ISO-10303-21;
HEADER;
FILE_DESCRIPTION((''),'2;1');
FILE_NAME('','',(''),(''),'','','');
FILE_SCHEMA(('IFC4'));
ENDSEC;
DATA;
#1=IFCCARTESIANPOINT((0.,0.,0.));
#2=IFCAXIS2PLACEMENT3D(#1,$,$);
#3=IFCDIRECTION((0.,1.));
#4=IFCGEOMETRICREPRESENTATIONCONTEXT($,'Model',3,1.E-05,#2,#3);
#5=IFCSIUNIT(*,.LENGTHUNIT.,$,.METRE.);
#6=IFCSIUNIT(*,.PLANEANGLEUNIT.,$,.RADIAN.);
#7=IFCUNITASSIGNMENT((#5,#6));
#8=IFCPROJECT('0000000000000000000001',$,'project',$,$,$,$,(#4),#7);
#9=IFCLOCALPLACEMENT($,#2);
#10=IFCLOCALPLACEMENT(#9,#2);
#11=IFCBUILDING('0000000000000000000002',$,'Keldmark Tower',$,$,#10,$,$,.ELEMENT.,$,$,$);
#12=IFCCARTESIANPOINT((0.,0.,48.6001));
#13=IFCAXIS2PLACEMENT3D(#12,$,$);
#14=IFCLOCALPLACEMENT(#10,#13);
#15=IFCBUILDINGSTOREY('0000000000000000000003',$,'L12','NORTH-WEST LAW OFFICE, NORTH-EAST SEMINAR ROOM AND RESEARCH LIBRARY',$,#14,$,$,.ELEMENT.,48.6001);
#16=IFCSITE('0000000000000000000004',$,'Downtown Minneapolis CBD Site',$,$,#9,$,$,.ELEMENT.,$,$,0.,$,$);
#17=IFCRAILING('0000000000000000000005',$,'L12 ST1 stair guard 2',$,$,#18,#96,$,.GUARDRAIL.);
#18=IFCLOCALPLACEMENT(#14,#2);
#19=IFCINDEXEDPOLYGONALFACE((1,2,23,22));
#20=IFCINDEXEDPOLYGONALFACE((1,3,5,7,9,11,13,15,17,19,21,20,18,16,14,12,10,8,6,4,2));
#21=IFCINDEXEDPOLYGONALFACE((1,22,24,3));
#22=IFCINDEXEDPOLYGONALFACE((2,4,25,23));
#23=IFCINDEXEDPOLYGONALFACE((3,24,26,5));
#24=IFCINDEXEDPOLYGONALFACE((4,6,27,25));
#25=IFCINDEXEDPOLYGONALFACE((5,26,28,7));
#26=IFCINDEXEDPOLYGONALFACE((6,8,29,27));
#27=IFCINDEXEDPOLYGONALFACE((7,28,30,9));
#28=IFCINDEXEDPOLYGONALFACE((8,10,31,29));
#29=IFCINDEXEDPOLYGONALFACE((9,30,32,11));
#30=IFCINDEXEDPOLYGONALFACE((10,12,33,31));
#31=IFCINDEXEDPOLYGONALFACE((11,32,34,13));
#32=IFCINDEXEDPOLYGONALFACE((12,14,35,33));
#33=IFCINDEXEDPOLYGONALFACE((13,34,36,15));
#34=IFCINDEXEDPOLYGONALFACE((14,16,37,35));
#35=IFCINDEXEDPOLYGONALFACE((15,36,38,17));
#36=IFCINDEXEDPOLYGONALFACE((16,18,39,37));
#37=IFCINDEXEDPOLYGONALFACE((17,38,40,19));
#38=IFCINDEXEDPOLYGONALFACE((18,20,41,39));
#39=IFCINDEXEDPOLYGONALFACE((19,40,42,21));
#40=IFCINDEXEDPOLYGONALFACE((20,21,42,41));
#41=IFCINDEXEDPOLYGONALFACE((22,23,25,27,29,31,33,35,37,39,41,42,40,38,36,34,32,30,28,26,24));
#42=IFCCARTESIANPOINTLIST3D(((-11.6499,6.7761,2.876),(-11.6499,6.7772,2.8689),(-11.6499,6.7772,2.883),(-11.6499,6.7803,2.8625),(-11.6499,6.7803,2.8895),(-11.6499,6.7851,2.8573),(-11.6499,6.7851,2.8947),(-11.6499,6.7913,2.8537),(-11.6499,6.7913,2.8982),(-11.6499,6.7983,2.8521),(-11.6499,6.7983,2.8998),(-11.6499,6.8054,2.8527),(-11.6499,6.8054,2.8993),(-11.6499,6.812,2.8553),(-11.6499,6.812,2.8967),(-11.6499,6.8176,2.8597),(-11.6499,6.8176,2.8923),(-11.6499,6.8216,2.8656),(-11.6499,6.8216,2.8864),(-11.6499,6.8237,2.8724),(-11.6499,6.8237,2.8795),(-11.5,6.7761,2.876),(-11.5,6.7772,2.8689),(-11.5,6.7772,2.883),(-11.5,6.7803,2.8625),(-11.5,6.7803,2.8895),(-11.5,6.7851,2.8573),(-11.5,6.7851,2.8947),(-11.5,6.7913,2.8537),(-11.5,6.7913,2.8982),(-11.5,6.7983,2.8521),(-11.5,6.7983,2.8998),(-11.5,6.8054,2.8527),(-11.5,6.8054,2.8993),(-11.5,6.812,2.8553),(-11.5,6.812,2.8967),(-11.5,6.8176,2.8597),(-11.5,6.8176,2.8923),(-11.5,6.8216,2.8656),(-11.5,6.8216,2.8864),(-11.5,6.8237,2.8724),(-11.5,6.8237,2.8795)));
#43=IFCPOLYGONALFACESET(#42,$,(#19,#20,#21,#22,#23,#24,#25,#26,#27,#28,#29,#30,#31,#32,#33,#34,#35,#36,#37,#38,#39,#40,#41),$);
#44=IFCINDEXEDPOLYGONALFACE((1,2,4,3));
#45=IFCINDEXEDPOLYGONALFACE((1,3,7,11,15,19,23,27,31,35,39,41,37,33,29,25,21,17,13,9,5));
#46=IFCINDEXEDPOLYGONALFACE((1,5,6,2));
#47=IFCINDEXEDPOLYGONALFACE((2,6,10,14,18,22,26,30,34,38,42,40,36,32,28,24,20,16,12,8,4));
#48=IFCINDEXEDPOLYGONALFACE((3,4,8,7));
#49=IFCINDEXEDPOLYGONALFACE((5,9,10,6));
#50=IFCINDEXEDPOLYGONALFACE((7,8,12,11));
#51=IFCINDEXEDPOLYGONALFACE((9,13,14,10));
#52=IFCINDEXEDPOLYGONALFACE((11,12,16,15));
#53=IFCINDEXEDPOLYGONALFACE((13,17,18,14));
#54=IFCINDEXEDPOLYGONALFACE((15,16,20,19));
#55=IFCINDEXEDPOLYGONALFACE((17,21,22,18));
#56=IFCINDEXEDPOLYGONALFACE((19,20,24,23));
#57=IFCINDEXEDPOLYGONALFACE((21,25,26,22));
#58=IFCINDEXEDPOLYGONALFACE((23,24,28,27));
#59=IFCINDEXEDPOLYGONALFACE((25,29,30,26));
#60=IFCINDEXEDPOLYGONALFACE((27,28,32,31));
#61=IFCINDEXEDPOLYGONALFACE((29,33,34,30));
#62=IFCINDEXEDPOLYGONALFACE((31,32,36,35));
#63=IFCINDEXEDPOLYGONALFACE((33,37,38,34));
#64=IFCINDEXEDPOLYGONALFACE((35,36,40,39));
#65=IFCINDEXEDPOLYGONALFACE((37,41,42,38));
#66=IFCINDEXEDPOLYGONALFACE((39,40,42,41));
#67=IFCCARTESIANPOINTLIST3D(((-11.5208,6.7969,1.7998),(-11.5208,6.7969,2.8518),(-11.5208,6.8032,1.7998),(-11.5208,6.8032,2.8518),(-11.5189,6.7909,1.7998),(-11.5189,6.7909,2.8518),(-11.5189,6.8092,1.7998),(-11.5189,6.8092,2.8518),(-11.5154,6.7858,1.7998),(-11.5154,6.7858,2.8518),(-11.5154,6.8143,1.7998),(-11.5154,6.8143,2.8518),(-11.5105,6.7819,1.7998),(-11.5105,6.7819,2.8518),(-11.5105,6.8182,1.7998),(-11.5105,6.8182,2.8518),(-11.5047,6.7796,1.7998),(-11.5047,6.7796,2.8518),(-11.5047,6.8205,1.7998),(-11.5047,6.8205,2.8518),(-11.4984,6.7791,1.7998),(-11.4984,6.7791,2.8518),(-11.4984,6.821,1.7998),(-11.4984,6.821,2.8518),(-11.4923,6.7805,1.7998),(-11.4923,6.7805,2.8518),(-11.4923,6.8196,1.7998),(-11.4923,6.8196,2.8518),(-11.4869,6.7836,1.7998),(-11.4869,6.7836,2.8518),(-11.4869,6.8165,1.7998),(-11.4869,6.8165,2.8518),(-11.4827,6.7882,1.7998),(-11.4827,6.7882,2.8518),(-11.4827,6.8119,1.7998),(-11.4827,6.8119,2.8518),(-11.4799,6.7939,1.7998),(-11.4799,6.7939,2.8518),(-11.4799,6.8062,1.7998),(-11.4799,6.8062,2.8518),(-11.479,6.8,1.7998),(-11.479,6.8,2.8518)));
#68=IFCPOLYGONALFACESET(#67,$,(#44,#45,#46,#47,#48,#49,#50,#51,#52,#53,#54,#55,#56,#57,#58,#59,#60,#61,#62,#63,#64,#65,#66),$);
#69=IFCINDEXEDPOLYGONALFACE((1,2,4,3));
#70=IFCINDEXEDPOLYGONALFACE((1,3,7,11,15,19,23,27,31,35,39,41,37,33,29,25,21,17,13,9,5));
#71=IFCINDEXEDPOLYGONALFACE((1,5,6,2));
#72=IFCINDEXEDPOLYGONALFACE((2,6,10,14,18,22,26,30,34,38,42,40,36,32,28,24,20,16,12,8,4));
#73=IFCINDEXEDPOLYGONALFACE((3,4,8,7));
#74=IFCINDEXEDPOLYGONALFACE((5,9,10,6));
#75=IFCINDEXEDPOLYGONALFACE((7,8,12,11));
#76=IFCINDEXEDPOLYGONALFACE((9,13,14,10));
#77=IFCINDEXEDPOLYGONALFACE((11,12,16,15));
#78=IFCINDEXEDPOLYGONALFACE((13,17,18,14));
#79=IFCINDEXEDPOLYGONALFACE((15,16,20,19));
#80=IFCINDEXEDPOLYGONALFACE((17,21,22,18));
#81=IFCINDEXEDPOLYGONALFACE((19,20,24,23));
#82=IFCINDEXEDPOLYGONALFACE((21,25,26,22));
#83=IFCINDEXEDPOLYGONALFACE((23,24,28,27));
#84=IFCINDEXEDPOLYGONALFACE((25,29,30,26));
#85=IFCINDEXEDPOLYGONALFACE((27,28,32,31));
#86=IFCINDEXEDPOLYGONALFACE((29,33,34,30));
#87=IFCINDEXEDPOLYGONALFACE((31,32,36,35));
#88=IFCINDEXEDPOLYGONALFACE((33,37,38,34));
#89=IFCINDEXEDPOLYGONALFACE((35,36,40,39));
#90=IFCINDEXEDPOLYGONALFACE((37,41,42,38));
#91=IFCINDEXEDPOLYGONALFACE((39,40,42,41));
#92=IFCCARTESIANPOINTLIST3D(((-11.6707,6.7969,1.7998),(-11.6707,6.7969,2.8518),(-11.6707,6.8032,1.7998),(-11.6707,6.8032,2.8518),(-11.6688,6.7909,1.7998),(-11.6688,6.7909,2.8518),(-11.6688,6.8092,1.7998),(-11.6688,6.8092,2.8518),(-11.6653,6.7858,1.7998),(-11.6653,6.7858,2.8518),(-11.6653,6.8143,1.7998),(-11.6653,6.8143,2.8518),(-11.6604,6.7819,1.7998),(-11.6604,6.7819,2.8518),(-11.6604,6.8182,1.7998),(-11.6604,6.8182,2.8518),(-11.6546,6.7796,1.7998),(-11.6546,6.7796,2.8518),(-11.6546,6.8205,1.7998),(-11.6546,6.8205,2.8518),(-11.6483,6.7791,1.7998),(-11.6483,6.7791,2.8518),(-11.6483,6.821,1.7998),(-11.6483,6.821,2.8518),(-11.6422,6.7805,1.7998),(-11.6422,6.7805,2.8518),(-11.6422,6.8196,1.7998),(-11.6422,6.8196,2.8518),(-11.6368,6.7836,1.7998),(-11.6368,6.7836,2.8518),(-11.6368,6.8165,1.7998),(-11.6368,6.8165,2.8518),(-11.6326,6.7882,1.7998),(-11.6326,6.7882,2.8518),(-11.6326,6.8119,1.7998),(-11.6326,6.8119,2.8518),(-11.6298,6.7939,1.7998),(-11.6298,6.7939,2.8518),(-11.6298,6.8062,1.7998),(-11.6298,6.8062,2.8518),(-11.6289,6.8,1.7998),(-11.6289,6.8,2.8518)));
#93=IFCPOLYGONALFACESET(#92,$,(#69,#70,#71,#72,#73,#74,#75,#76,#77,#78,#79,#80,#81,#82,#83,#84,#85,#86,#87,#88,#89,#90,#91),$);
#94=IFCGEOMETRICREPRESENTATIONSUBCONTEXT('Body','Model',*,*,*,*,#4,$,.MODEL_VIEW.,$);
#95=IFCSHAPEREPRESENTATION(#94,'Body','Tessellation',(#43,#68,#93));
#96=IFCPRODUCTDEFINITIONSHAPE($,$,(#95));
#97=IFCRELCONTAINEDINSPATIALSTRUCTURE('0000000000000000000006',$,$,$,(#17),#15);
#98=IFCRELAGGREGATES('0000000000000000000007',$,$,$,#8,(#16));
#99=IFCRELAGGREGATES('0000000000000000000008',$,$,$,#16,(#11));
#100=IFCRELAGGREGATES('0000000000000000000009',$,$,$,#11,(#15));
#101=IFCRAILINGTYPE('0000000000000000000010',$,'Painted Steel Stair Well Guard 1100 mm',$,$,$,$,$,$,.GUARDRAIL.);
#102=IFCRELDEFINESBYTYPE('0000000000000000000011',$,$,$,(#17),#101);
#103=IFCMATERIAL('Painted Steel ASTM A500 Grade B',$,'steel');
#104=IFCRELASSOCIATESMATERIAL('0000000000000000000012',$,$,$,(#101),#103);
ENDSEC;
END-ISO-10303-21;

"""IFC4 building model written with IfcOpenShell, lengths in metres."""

from ifc_helpers import new_model, si_unit, direction, frame, origin, origin_2d, place, context, subcontext, project, spatial, circle, extrude, material, type_object, element, save


model = new_model("IFC4")

# Units and contexts
model_context = context("Model", 3, precision=1e-05, world=origin(), true_north=direction((0.0, 1.0)))
body_context = subcontext(model_context, "Body", "Model", "MODEL_VIEW")
ifc_project = project(units=[si_unit("LENGTHUNIT", "METRE"), si_unit("PLANEANGLEUNIT", "RADIAN")], contexts=[model_context])

# Site, building, storey
site_placement = place(None, origin())
site = spatial("IfcSite", under=ifc_project, at=site_placement, Name="Downtown Minneapolis CBD Site", CompositionType="ELEMENT", RefElevation=0.0)
building_placement = place(site_placement, origin())
building = spatial("IfcBuilding", under=site, at=building_placement, Name="Keldmark Tower", CompositionType="ELEMENT")
storey_placement = place(building_placement, frame((0.0, 0.0, 48.6001)))
storey = spatial("IfcBuildingStorey", under=building, at=storey_placement, Name="L12", Description="NORTH-WEST LAW OFFICE, NORTH-EAST SEMINAR ROOM AND RESEARCH LIBRARY", CompositionType="ELEMENT", Elevation=48.6001)

# Railing
ifc_material_1 = material(Name="Painted Steel ASTM A500 Grade B", Category="steel")
railing_type_1 = type_object("IfcRailingType", Name="Painted Steel Stair Well Guard 1100 mm", PredefinedType="GUARDRAIL", material=ifc_material_1)
railing_1_placement = place(storey_placement, frame((-11.5, 6.8, 1.7998)))
element("IfcRailing", 1, at=railing_1_placement, inside=storey, type_object=railing_type_1, Name="L12 ST1 stair guard 2", PredefinedType="GUARDRAIL", context=body_context, shape_type="SweptSolid", body=[
    extrude(circle(Radius=0.0239, at=origin_2d()), frame((0.0, 0.0, 1.0762), z_axis=(-1.0, 0.0, 0.0), x_axis=(0.0, -1.0, 0.0)), (0.0, 0.0, 1.0), 0.1499),
    extrude(circle(Radius=0.021, at=origin_2d()), origin(), (0.0, 0.0, 1.0), 1.052),
    extrude(circle(Radius=0.021, at=origin_2d()), frame((-0.1499, 0.0, 0.0)), (0.0, 0.0, 1.0), 1.052),
])

save(model, "model.ifc")
